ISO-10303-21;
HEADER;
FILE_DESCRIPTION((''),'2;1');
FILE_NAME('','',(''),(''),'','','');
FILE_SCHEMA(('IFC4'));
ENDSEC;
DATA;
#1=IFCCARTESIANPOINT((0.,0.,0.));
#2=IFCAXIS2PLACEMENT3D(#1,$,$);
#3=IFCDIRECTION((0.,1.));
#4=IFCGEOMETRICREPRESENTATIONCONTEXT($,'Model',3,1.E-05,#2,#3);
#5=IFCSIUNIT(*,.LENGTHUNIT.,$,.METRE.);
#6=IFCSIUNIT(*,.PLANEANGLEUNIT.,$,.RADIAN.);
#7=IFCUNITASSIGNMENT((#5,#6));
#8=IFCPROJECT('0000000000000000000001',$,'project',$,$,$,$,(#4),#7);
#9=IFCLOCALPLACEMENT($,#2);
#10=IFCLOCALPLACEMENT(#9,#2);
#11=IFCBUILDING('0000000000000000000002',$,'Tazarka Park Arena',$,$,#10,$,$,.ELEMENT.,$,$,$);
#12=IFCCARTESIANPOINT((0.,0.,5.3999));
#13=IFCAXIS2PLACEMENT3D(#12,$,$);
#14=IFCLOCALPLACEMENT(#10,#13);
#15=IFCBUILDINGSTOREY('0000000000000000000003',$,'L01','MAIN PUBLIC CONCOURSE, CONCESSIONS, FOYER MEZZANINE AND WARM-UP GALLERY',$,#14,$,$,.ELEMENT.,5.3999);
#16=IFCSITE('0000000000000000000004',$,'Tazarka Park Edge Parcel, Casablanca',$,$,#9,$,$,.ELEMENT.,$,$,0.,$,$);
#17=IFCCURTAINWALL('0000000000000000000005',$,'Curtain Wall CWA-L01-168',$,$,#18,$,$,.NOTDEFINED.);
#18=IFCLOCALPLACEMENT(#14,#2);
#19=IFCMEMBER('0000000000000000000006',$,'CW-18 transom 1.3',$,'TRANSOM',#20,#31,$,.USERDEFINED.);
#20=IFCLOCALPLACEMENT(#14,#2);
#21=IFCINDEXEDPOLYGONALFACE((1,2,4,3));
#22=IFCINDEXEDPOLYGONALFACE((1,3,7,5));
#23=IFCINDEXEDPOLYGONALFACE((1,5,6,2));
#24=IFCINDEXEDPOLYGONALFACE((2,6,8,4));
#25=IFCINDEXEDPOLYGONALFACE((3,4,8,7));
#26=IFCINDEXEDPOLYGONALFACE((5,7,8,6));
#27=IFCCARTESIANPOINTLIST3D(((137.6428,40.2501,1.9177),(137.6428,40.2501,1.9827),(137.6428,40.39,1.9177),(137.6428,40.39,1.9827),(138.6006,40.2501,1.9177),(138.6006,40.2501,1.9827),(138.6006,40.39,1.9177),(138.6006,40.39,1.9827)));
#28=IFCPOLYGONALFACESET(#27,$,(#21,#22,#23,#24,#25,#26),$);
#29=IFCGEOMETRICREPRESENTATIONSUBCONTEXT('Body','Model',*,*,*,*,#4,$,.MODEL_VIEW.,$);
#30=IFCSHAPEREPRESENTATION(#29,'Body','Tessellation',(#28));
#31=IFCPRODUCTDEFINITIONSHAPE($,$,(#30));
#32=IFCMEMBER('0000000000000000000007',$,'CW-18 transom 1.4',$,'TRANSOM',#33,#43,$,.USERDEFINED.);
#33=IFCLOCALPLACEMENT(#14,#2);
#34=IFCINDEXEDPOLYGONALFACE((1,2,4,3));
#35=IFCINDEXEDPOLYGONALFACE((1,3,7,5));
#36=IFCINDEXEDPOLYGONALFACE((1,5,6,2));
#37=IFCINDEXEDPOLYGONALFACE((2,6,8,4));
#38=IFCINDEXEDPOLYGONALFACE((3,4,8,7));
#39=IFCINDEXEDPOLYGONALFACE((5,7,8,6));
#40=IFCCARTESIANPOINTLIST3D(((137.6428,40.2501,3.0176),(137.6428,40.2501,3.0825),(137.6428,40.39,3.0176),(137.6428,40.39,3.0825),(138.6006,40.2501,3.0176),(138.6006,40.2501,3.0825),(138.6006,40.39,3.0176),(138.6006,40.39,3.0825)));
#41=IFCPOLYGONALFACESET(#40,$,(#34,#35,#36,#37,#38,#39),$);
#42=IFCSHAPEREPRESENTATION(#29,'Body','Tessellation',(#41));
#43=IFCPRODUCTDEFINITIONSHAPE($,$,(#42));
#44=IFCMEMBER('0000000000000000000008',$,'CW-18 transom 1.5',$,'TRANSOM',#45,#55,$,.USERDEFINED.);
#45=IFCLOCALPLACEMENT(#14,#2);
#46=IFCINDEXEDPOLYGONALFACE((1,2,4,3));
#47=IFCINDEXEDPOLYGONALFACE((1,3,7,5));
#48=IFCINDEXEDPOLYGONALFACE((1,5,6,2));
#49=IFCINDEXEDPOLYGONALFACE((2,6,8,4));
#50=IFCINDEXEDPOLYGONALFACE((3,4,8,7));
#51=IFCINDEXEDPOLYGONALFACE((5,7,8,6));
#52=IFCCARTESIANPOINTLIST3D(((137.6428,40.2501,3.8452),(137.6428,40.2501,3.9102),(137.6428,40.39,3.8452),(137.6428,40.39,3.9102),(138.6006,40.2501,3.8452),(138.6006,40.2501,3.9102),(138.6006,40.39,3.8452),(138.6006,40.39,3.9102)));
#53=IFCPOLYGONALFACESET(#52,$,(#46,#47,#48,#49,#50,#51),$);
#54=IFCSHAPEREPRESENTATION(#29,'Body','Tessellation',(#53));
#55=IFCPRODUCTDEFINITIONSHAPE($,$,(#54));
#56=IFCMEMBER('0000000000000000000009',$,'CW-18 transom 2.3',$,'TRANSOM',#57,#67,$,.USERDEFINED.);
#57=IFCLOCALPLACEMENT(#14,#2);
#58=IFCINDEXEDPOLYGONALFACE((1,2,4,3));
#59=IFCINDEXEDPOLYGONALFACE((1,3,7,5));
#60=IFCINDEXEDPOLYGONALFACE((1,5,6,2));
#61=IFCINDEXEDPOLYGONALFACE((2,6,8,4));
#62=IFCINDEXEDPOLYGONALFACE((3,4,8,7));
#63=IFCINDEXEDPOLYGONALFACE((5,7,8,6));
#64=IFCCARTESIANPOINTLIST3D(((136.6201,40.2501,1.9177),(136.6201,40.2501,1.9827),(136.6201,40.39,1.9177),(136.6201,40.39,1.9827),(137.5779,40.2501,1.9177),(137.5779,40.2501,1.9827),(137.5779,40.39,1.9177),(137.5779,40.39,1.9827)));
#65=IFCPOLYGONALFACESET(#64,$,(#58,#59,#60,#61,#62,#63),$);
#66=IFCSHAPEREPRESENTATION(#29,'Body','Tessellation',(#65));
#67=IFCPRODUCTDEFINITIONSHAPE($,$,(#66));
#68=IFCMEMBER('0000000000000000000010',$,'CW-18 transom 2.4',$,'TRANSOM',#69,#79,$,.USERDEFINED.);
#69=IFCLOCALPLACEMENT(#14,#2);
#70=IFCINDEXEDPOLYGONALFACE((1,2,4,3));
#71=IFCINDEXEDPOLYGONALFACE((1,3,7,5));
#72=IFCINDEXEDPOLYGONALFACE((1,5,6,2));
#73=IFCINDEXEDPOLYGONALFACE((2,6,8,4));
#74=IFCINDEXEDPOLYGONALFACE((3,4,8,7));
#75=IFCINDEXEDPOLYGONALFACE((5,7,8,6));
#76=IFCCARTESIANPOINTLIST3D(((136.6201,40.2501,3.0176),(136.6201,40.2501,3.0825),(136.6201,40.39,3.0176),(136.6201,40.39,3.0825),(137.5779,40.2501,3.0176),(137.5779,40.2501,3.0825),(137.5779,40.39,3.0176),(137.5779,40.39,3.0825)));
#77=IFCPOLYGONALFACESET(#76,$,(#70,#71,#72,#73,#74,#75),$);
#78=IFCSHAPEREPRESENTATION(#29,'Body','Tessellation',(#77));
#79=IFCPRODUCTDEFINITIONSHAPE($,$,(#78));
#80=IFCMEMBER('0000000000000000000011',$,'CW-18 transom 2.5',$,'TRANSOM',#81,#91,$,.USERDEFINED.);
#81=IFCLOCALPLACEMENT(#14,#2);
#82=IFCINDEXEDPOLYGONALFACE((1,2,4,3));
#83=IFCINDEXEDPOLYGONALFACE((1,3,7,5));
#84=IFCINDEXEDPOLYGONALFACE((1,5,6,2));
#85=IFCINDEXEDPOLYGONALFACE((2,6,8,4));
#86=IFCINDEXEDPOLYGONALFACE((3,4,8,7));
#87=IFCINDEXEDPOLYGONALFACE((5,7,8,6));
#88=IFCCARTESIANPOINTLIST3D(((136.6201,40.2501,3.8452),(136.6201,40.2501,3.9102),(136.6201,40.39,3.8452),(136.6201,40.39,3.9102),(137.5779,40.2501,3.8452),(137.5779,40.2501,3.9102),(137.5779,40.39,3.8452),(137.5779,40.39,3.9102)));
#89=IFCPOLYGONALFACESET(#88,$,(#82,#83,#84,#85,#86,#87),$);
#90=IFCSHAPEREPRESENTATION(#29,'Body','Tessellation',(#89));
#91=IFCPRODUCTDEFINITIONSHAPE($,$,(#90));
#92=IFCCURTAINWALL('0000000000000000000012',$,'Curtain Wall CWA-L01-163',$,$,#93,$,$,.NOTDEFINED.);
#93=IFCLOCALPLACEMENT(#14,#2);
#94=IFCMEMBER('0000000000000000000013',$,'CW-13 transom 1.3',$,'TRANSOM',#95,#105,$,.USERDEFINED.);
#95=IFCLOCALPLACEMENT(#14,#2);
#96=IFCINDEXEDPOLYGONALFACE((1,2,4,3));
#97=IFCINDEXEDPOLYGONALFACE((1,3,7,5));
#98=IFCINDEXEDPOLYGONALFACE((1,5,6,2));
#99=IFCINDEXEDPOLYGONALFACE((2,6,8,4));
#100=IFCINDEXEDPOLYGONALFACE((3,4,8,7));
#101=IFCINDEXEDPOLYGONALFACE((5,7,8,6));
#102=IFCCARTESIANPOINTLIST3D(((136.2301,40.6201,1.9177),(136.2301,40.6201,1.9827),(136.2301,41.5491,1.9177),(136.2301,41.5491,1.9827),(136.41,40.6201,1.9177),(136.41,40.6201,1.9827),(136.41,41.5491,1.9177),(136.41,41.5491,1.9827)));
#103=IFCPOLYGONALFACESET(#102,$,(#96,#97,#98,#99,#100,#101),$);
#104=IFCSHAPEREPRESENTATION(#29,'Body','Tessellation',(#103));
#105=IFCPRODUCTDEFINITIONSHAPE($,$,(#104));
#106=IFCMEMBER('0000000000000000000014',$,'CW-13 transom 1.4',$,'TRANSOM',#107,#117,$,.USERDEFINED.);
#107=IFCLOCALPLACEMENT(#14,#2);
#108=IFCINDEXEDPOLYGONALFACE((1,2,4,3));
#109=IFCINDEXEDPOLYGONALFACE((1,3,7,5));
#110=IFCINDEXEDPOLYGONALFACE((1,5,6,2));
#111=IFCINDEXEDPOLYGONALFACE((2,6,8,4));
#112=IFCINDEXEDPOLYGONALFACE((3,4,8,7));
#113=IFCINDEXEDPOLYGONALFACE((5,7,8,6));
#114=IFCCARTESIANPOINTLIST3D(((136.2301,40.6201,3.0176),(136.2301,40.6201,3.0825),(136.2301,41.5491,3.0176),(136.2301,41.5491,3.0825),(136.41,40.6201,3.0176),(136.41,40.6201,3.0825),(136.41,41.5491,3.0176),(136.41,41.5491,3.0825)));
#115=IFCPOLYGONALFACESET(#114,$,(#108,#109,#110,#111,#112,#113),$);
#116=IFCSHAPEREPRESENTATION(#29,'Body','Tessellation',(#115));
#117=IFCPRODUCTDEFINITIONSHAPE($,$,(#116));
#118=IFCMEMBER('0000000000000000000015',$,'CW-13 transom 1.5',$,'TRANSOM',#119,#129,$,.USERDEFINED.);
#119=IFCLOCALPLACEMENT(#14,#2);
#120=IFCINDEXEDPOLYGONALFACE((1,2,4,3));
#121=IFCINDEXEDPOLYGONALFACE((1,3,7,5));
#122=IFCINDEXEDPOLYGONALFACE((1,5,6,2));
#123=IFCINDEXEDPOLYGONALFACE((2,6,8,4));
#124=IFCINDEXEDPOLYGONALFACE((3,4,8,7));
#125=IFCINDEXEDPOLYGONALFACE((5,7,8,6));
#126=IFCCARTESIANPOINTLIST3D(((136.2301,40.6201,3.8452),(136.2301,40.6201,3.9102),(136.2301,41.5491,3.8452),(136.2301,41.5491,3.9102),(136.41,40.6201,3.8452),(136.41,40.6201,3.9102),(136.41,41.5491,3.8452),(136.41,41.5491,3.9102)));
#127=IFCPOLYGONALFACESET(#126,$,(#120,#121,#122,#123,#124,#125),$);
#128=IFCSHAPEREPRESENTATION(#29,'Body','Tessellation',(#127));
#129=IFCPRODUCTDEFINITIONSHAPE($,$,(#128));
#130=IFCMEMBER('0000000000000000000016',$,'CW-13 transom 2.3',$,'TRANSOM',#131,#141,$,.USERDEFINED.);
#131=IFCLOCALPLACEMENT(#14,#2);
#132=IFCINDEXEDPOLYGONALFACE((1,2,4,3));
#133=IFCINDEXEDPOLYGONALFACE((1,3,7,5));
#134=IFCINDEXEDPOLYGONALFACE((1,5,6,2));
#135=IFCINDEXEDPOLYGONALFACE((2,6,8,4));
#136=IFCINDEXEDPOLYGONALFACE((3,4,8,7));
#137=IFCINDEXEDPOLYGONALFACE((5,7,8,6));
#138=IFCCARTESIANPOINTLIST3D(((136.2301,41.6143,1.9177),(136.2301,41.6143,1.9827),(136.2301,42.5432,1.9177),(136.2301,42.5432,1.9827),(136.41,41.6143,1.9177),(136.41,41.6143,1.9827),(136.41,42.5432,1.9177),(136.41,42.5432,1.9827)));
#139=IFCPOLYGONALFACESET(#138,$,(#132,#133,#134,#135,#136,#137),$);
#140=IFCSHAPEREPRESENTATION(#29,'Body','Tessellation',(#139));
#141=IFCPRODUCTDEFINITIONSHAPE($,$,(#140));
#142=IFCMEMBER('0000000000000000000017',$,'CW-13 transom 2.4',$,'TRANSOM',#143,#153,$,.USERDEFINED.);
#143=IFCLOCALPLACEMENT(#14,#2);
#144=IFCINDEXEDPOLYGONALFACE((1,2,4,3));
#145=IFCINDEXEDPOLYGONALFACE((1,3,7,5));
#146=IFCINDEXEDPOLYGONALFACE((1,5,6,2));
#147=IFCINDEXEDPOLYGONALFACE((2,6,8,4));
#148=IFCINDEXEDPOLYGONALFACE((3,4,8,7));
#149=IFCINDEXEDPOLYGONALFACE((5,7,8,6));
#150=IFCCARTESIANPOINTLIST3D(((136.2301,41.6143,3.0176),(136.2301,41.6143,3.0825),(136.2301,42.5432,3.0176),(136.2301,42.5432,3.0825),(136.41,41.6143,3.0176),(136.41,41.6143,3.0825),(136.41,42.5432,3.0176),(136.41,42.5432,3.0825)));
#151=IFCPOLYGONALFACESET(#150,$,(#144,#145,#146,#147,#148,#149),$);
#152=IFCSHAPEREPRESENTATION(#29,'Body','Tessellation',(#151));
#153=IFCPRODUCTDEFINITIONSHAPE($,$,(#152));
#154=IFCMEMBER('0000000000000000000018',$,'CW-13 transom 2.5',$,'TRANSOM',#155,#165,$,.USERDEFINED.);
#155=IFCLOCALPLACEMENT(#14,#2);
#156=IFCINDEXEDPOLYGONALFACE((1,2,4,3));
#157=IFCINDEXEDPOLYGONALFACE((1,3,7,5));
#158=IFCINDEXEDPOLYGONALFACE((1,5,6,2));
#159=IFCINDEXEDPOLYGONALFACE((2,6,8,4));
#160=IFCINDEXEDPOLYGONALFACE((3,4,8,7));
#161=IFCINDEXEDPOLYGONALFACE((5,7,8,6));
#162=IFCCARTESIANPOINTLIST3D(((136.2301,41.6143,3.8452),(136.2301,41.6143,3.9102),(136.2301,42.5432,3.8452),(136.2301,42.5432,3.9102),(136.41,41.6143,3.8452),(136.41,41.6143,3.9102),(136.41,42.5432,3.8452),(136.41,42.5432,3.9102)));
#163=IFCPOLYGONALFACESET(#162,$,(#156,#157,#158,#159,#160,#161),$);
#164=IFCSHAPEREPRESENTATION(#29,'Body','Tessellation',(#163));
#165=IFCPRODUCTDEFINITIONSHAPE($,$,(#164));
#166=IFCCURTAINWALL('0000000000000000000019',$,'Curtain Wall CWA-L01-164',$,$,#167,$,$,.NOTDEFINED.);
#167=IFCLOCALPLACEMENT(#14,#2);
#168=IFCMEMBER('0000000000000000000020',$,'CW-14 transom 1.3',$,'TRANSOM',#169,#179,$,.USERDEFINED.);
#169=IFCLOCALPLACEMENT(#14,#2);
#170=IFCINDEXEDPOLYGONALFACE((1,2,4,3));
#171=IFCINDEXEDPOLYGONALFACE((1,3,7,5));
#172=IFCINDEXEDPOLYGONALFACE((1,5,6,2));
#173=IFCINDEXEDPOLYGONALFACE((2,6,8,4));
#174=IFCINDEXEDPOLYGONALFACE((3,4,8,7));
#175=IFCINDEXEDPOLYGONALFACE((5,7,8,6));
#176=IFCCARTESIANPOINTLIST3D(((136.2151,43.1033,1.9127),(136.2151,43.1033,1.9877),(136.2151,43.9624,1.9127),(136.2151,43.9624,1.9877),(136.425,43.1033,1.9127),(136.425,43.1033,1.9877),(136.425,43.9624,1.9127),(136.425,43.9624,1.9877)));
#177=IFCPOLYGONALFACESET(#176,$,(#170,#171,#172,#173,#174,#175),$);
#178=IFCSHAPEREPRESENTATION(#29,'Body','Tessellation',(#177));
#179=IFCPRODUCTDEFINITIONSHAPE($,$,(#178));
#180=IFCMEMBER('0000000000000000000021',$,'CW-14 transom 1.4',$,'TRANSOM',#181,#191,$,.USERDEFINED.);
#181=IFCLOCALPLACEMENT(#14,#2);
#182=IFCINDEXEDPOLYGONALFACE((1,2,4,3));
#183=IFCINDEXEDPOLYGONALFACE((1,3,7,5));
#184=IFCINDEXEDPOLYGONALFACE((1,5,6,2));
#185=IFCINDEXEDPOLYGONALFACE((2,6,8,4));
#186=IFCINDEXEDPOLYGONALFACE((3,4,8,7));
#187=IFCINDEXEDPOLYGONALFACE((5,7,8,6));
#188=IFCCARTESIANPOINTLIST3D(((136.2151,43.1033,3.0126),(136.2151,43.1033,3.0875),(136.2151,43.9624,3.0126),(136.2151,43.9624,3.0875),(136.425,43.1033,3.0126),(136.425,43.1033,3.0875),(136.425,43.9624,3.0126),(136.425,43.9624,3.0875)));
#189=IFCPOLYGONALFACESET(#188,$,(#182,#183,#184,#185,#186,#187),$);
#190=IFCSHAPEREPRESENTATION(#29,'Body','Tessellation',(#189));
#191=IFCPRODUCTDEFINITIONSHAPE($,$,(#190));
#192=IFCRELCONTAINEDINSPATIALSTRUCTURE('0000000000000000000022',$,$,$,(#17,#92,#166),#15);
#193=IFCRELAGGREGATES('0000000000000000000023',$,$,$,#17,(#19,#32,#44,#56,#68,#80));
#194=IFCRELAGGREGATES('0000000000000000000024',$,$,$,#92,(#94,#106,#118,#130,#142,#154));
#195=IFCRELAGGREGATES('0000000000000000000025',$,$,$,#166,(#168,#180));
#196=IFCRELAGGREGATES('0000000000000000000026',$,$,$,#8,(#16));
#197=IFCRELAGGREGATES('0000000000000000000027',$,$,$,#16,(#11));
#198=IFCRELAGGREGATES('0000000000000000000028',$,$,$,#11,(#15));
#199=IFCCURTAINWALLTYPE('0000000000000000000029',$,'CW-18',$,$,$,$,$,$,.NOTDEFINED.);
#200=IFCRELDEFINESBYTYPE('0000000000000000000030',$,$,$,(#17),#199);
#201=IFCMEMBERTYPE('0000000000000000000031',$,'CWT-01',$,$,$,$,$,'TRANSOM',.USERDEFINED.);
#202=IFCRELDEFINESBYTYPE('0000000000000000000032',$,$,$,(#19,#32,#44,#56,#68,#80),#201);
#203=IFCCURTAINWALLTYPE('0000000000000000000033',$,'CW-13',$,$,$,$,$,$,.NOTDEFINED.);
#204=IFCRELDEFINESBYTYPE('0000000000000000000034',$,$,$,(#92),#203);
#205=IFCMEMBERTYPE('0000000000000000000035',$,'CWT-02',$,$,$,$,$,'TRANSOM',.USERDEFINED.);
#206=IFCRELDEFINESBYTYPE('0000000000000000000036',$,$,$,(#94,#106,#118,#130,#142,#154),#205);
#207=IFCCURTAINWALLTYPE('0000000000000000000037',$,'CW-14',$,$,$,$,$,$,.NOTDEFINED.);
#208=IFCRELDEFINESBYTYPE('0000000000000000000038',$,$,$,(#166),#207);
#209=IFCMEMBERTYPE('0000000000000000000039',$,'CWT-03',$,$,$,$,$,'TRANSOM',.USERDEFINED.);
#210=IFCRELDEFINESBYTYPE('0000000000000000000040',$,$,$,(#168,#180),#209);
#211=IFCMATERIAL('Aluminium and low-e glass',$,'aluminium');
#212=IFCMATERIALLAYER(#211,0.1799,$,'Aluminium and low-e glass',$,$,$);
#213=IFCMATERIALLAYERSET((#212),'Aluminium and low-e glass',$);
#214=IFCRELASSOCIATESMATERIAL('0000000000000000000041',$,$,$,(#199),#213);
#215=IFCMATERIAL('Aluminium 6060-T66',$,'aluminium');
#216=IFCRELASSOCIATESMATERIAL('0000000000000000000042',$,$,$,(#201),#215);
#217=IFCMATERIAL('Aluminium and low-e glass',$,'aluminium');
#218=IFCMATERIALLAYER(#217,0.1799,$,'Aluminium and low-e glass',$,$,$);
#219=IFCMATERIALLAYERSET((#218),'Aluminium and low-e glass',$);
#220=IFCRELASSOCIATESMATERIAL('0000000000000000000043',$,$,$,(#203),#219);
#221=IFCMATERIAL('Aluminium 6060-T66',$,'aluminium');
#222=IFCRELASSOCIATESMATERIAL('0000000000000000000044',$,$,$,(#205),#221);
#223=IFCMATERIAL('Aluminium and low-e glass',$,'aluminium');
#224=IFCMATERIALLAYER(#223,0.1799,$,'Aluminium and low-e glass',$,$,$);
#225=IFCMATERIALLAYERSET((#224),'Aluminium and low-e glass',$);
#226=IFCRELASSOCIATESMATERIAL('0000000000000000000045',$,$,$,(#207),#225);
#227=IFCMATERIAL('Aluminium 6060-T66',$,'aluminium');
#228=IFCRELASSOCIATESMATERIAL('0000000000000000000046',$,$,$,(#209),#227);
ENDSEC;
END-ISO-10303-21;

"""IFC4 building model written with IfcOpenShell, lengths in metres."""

from ifc_helpers import new_model, si_unit, direction, frame, origin, origin_2d, place, context, subcontext, project, spatial, rectangle, extrude, material, layer, layer_set, material_profile, profile_set, type_object, element, aggregate, save


model = new_model("IFC4")

# Units and contexts
model_context = context("Model", 3, precision=1e-05, world=origin(), true_north=direction((0.0, 1.0)))
body_context = subcontext(model_context, "Body", "Model", "MODEL_VIEW")
ifc_project = project(units=[si_unit("LENGTHUNIT", "METRE"), si_unit("PLANEANGLEUNIT", "RADIAN")], contexts=[model_context])

# Site, building, storey
site_placement = place(None, origin())
site = spatial("IfcSite", under=ifc_project, at=site_placement, Name="Tazarka Park Edge Parcel, Casablanca", CompositionType="ELEMENT", RefElevation=0.0)
building_placement = place(site_placement, origin())
building = spatial("IfcBuilding", under=site, at=building_placement, Name="Tazarka Park Arena", CompositionType="ELEMENT")
storey_placement = place(building_placement, frame((0.0, 0.0, 5.3999)))
storey = spatial("IfcBuildingStorey", under=building, at=storey_placement, Name="L01", Description="MAIN PUBLIC CONCOURSE, CONCESSIONS, FOYER MEZZANINE AND WARM-UP GALLERY", CompositionType="ELEMENT", Elevation=5.3999)

# Curtain walls, members
ifc_material_1 = material(Name="Aluminium and low-e glass", Category="aluminium")
ifc_layer_1 = layer(ifc_material_1, 0.1799, Name="Aluminium and low-e glass")
ifc_layer_set_1 = layer_set([ifc_layer_1], Name="Aluminium and low-e glass")
curtain_wall_type_1 = type_object("IfcCurtainWallType", Name="CW-18", PredefinedType="NOTDEFINED", material=ifc_layer_set_1)
curtain_wall_1_placement = place(storey_placement, origin())
curtain_wall_1 = element("IfcCurtainWall", 1, at=curtain_wall_1_placement, inside=storey, type_object=curtain_wall_type_1, Name="Curtain Wall CWA-L01-168", PredefinedType="NOTDEFINED")
ifc_material_2 = material(Name="Aluminium 6060-T66", Category="aluminium")
ifc_material_profile_1 = material_profile(ifc_material_2, rectangle(XDim=0.1399, YDim=0.0649, at=origin_2d()), Name="Aluminium 6060-T66")
ifc_profile_set_1 = profile_set([ifc_material_profile_1], Name="Aluminium 6060-T66")
member_type_1 = type_object("IfcMemberType", Name="CWT-01", ElementType="TRANSOM", PredefinedType="USERDEFINED", material=ifc_profile_set_1)
member_1_placement = place(storey_placement, frame((138.6006, 40.3201, 1.9502), z_axis=(-1.0, 0.0, 0.0), x_axis=(0.0, -1.0, 0.0)))
member_1 = element("IfcMember", 2, at=member_1_placement, type_object=member_type_1, Name="CW-18 transom 1.3", ObjectType="TRANSOM", PredefinedType="USERDEFINED", context=body_context, shape_type="SweptSolid", body=[
    extrude(rectangle(XDim=0.1399, YDim=0.0649, at=origin_2d()), origin(), (0.0, 0.0, 1.0), 0.9578),
])
member_2_placement = place(storey_placement, frame((138.6006, 40.3201, 3.05), z_axis=(-1.0, 0.0, 0.0), x_axis=(0.0, -1.0, 0.0)))
member_2 = element("IfcMember", 3, at=member_2_placement, type_object=member_type_1, Name="CW-18 transom 1.4", ObjectType="TRANSOM", PredefinedType="USERDEFINED", context=body_context, shape_type="SweptSolid", body=[
    extrude(rectangle(XDim=0.1399, YDim=0.0649, at=origin_2d()), origin(), (0.0, 0.0, 1.0), 0.9578),
])
member_3_placement = place(storey_placement, frame((138.6006, 40.3201, 3.8777), z_axis=(-1.0, 0.0, 0.0), x_axis=(0.0, -1.0, 0.0)))
member_3 = element("IfcMember", 4, at=member_3_placement, type_object=member_type_1, Name="CW-18 transom 1.5", ObjectType="TRANSOM", PredefinedType="USERDEFINED", context=body_context, shape_type="SweptSolid", body=[
    extrude(rectangle(XDim=0.1399, YDim=0.0649, at=origin_2d()), origin(), (0.0, 0.0, 1.0), 0.9578),
])
member_4_placement = place(storey_placement, frame((137.5779, 40.3201, 1.9502), z_axis=(-1.0, 0.0, 0.0), x_axis=(0.0, -1.0, 0.0)))
member_4 = element("IfcMember", 5, at=member_4_placement, type_object=member_type_1, Name="CW-18 transom 2.3", ObjectType="TRANSOM", PredefinedType="USERDEFINED", context=body_context, shape_type="SweptSolid", body=[
    extrude(rectangle(XDim=0.1399, YDim=0.0649, at=origin_2d()), origin(), (0.0, 0.0, 1.0), 0.9578),
])
member_5_placement = place(storey_placement, frame((137.5779, 40.3201, 3.05), z_axis=(-1.0, 0.0, 0.0), x_axis=(0.0, -1.0, 0.0)))
member_5 = element("IfcMember", 6, at=member_5_placement, type_object=member_type_1, Name="CW-18 transom 2.4", ObjectType="TRANSOM", PredefinedType="USERDEFINED", context=body_context, shape_type="SweptSolid", body=[
    extrude(rectangle(XDim=0.1399, YDim=0.0649, at=origin_2d()), origin(), (0.0, 0.0, 1.0), 0.9578),
])
member_6_placement = place(storey_placement, frame((137.5779, 40.3201, 3.8777), z_axis=(-1.0, 0.0, 0.0), x_axis=(0.0, -1.0, 0.0)))
member_6 = element("IfcMember", 7, at=member_6_placement, type_object=member_type_1, Name="CW-18 transom 2.5", ObjectType="TRANSOM", PredefinedType="USERDEFINED", context=body_context, shape_type="SweptSolid", body=[
    extrude(rectangle(XDim=0.1399, YDim=0.0649, at=origin_2d()), origin(), (0.0, 0.0, 1.0), 0.9578),
])
ifc_material_3 = material(Name="Aluminium and low-e glass", Category="aluminium")
ifc_layer_2 = layer(ifc_material_3, 0.1799, Name="Aluminium and low-e glass")
ifc_layer_set_2 = layer_set([ifc_layer_2], Name="Aluminium and low-e glass")
curtain_wall_type_2 = type_object("IfcCurtainWallType", Name="CW-13", PredefinedType="NOTDEFINED", material=ifc_layer_set_2)
curtain_wall_2_placement = place(storey_placement, origin())
curtain_wall_2 = element("IfcCurtainWall", 8, at=curtain_wall_2_placement, inside=storey, type_object=curtain_wall_type_2, Name="Curtain Wall CWA-L01-163", PredefinedType="NOTDEFINED")
ifc_material_4 = material(Name="Aluminium 6060-T66", Category="aluminium")
ifc_material_profile_2 = material_profile(ifc_material_4, rectangle(XDim=0.1799, YDim=0.0649, at=origin_2d()), Name="Aluminium 6060-T66")
ifc_profile_set_2 = profile_set([ifc_material_profile_2], Name="Aluminium 6060-T66")
member_type_2 = type_object("IfcMemberType", Name="CWT-02", ElementType="TRANSOM", PredefinedType="USERDEFINED", material=ifc_profile_set_2)
member_7_placement = place(storey_placement, frame((136.3201, 40.6201, 1.9502), z_axis=(0.0, 1.0, 0.0), x_axis=(-1.0, 0.0, 0.0)))
member_7 = element("IfcMember", 9, at=member_7_placement, type_object=member_type_2, Name="CW-13 transom 1.3", ObjectType="TRANSOM", PredefinedType="USERDEFINED", context=body_context, shape_type="SweptSolid", body=[
    extrude(rectangle(XDim=0.1799, YDim=0.0649, at=origin_2d()), origin(), (0.0, 0.0, 1.0), 0.929),
])
member_8_placement = place(storey_placement, frame((136.3201, 40.6201, 3.05), z_axis=(0.0, 1.0, 0.0), x_axis=(-1.0, 0.0, 0.0)))
member_8 = element("IfcMember", 10, at=member_8_placement, type_object=member_type_2, Name="CW-13 transom 1.4", ObjectType="TRANSOM", PredefinedType="USERDEFINED", context=body_context, shape_type="SweptSolid", body=[
    extrude(rectangle(XDim=0.1799, YDim=0.0649, at=origin_2d()), origin(), (0.0, 0.0, 1.0), 0.929),
])
member_9_placement = place(storey_placement, frame((136.3201, 40.6201, 3.8777), z_axis=(0.0, 1.0, 0.0), x_axis=(-1.0, 0.0, 0.0)))
member_9 = element("IfcMember", 11, at=member_9_placement, type_object=member_type_2, Name="CW-13 transom 1.5", ObjectType="TRANSOM", PredefinedType="USERDEFINED", context=body_context, shape_type="SweptSolid", body=[
    extrude(rectangle(XDim=0.1799, YDim=0.0649, at=origin_2d()), origin(), (0.0, 0.0, 1.0), 0.929),
])
member_10_placement = place(storey_placement, frame((136.3201, 41.6143, 1.9502), z_axis=(0.0, 1.0, 0.0), x_axis=(-1.0, 0.0, 0.0)))
member_10 = element("IfcMember", 12, at=member_10_placement, type_object=member_type_2, Name="CW-13 transom 2.3", ObjectType="TRANSOM", PredefinedType="USERDEFINED", context=body_context, shape_type="SweptSolid", body=[
    extrude(rectangle(XDim=0.1799, YDim=0.0649, at=origin_2d()), origin(), (0.0, 0.0, 1.0), 0.929),
])
member_11_placement = place(storey_placement, frame((136.3201, 41.6143, 3.05), z_axis=(0.0, 1.0, 0.0), x_axis=(-1.0, 0.0, 0.0)))
member_11 = element("IfcMember", 13, at=member_11_placement, type_object=member_type_2, Name="CW-13 transom 2.4", ObjectType="TRANSOM", PredefinedType="USERDEFINED", context=body_context, shape_type="SweptSolid", body=[
    extrude(rectangle(XDim=0.1799, YDim=0.0649, at=origin_2d()), origin(), (0.0, 0.0, 1.0), 0.929),
])
member_12_placement = place(storey_placement, frame((136.3201, 41.6143, 3.8777), z_axis=(0.0, 1.0, 0.0), x_axis=(-1.0, 0.0, 0.0)))
member_12 = element("IfcMember", 14, at=member_12_placement, type_object=member_type_2, Name="CW-13 transom 2.5", ObjectType="TRANSOM", PredefinedType="USERDEFINED", context=body_context, shape_type="SweptSolid", body=[
    extrude(rectangle(XDim=0.1799, YDim=0.0649, at=origin_2d()), origin(), (0.0, 0.0, 1.0), 0.929),
])
ifc_material_5 = material(Name="Aluminium and low-e glass", Category="aluminium")
ifc_layer_3 = layer(ifc_material_5, 0.1799, Name="Aluminium and low-e glass")
ifc_layer_set_3 = layer_set([ifc_layer_3], Name="Aluminium and low-e glass")
curtain_wall_type_3 = type_object("IfcCurtainWallType", Name="CW-14", PredefinedType="NOTDEFINED", material=ifc_layer_set_3)
curtain_wall_3_placement = place(storey_placement, origin())
curtain_wall_3 = element("IfcCurtainWall", 15, at=curtain_wall_3_placement, inside=storey, type_object=curtain_wall_type_3, Name="Curtain Wall CWA-L01-164", PredefinedType="NOTDEFINED")
ifc_material_6 = material(Name="Aluminium 6060-T66", Category="aluminium")
ifc_material_profile_3 = material_profile(ifc_material_6, rectangle(XDim=0.21, YDim=0.075, at=origin_2d()), Name="Aluminium 6060-T66")
ifc_profile_set_3 = profile_set([ifc_material_profile_3], Name="Aluminium 6060-T66")
member_type_3 = type_object("IfcMemberType", Name="CWT-03", ElementType="TRANSOM", PredefinedType="USERDEFINED", material=ifc_profile_set_3)
member_13_placement = place(storey_placement, frame((136.3201, 43.1033, 1.9502), z_axis=(0.0, 1.0, 0.0), x_axis=(-1.0, 0.0, 0.0)))
member_13 = element("IfcMember", 16, at=member_13_placement, type_object=member_type_3, Name="CW-14 transom 1.3", ObjectType="TRANSOM", PredefinedType="USERDEFINED", context=body_context, shape_type="SweptSolid", body=[
    extrude(rectangle(XDim=0.21, YDim=0.075, at=origin_2d()), origin(), (0.0, 0.0, 1.0), 0.8591),
])
member_14_placement = place(storey_placement, frame((136.3201, 43.1033, 3.05), z_axis=(0.0, 1.0, 0.0), x_axis=(-1.0, 0.0, 0.0)))
member_14 = element("IfcMember", 17, at=member_14_placement, type_object=member_type_3, Name="CW-14 transom 1.4", ObjectType="TRANSOM", PredefinedType="USERDEFINED", context=body_context, shape_type="SweptSolid", body=[
    extrude(rectangle(XDim=0.21, YDim=0.075, at=origin_2d()), origin(), (0.0, 0.0, 1.0), 0.8591),
])

aggregate(curtain_wall_1, [member_1, member_2, member_3, member_4, member_5, member_6])
aggregate(curtain_wall_2, [member_7, member_8, member_9, member_10, member_11, member_12])
aggregate(curtain_wall_3, [member_13, member_14])

save(model, "model.ifc")
